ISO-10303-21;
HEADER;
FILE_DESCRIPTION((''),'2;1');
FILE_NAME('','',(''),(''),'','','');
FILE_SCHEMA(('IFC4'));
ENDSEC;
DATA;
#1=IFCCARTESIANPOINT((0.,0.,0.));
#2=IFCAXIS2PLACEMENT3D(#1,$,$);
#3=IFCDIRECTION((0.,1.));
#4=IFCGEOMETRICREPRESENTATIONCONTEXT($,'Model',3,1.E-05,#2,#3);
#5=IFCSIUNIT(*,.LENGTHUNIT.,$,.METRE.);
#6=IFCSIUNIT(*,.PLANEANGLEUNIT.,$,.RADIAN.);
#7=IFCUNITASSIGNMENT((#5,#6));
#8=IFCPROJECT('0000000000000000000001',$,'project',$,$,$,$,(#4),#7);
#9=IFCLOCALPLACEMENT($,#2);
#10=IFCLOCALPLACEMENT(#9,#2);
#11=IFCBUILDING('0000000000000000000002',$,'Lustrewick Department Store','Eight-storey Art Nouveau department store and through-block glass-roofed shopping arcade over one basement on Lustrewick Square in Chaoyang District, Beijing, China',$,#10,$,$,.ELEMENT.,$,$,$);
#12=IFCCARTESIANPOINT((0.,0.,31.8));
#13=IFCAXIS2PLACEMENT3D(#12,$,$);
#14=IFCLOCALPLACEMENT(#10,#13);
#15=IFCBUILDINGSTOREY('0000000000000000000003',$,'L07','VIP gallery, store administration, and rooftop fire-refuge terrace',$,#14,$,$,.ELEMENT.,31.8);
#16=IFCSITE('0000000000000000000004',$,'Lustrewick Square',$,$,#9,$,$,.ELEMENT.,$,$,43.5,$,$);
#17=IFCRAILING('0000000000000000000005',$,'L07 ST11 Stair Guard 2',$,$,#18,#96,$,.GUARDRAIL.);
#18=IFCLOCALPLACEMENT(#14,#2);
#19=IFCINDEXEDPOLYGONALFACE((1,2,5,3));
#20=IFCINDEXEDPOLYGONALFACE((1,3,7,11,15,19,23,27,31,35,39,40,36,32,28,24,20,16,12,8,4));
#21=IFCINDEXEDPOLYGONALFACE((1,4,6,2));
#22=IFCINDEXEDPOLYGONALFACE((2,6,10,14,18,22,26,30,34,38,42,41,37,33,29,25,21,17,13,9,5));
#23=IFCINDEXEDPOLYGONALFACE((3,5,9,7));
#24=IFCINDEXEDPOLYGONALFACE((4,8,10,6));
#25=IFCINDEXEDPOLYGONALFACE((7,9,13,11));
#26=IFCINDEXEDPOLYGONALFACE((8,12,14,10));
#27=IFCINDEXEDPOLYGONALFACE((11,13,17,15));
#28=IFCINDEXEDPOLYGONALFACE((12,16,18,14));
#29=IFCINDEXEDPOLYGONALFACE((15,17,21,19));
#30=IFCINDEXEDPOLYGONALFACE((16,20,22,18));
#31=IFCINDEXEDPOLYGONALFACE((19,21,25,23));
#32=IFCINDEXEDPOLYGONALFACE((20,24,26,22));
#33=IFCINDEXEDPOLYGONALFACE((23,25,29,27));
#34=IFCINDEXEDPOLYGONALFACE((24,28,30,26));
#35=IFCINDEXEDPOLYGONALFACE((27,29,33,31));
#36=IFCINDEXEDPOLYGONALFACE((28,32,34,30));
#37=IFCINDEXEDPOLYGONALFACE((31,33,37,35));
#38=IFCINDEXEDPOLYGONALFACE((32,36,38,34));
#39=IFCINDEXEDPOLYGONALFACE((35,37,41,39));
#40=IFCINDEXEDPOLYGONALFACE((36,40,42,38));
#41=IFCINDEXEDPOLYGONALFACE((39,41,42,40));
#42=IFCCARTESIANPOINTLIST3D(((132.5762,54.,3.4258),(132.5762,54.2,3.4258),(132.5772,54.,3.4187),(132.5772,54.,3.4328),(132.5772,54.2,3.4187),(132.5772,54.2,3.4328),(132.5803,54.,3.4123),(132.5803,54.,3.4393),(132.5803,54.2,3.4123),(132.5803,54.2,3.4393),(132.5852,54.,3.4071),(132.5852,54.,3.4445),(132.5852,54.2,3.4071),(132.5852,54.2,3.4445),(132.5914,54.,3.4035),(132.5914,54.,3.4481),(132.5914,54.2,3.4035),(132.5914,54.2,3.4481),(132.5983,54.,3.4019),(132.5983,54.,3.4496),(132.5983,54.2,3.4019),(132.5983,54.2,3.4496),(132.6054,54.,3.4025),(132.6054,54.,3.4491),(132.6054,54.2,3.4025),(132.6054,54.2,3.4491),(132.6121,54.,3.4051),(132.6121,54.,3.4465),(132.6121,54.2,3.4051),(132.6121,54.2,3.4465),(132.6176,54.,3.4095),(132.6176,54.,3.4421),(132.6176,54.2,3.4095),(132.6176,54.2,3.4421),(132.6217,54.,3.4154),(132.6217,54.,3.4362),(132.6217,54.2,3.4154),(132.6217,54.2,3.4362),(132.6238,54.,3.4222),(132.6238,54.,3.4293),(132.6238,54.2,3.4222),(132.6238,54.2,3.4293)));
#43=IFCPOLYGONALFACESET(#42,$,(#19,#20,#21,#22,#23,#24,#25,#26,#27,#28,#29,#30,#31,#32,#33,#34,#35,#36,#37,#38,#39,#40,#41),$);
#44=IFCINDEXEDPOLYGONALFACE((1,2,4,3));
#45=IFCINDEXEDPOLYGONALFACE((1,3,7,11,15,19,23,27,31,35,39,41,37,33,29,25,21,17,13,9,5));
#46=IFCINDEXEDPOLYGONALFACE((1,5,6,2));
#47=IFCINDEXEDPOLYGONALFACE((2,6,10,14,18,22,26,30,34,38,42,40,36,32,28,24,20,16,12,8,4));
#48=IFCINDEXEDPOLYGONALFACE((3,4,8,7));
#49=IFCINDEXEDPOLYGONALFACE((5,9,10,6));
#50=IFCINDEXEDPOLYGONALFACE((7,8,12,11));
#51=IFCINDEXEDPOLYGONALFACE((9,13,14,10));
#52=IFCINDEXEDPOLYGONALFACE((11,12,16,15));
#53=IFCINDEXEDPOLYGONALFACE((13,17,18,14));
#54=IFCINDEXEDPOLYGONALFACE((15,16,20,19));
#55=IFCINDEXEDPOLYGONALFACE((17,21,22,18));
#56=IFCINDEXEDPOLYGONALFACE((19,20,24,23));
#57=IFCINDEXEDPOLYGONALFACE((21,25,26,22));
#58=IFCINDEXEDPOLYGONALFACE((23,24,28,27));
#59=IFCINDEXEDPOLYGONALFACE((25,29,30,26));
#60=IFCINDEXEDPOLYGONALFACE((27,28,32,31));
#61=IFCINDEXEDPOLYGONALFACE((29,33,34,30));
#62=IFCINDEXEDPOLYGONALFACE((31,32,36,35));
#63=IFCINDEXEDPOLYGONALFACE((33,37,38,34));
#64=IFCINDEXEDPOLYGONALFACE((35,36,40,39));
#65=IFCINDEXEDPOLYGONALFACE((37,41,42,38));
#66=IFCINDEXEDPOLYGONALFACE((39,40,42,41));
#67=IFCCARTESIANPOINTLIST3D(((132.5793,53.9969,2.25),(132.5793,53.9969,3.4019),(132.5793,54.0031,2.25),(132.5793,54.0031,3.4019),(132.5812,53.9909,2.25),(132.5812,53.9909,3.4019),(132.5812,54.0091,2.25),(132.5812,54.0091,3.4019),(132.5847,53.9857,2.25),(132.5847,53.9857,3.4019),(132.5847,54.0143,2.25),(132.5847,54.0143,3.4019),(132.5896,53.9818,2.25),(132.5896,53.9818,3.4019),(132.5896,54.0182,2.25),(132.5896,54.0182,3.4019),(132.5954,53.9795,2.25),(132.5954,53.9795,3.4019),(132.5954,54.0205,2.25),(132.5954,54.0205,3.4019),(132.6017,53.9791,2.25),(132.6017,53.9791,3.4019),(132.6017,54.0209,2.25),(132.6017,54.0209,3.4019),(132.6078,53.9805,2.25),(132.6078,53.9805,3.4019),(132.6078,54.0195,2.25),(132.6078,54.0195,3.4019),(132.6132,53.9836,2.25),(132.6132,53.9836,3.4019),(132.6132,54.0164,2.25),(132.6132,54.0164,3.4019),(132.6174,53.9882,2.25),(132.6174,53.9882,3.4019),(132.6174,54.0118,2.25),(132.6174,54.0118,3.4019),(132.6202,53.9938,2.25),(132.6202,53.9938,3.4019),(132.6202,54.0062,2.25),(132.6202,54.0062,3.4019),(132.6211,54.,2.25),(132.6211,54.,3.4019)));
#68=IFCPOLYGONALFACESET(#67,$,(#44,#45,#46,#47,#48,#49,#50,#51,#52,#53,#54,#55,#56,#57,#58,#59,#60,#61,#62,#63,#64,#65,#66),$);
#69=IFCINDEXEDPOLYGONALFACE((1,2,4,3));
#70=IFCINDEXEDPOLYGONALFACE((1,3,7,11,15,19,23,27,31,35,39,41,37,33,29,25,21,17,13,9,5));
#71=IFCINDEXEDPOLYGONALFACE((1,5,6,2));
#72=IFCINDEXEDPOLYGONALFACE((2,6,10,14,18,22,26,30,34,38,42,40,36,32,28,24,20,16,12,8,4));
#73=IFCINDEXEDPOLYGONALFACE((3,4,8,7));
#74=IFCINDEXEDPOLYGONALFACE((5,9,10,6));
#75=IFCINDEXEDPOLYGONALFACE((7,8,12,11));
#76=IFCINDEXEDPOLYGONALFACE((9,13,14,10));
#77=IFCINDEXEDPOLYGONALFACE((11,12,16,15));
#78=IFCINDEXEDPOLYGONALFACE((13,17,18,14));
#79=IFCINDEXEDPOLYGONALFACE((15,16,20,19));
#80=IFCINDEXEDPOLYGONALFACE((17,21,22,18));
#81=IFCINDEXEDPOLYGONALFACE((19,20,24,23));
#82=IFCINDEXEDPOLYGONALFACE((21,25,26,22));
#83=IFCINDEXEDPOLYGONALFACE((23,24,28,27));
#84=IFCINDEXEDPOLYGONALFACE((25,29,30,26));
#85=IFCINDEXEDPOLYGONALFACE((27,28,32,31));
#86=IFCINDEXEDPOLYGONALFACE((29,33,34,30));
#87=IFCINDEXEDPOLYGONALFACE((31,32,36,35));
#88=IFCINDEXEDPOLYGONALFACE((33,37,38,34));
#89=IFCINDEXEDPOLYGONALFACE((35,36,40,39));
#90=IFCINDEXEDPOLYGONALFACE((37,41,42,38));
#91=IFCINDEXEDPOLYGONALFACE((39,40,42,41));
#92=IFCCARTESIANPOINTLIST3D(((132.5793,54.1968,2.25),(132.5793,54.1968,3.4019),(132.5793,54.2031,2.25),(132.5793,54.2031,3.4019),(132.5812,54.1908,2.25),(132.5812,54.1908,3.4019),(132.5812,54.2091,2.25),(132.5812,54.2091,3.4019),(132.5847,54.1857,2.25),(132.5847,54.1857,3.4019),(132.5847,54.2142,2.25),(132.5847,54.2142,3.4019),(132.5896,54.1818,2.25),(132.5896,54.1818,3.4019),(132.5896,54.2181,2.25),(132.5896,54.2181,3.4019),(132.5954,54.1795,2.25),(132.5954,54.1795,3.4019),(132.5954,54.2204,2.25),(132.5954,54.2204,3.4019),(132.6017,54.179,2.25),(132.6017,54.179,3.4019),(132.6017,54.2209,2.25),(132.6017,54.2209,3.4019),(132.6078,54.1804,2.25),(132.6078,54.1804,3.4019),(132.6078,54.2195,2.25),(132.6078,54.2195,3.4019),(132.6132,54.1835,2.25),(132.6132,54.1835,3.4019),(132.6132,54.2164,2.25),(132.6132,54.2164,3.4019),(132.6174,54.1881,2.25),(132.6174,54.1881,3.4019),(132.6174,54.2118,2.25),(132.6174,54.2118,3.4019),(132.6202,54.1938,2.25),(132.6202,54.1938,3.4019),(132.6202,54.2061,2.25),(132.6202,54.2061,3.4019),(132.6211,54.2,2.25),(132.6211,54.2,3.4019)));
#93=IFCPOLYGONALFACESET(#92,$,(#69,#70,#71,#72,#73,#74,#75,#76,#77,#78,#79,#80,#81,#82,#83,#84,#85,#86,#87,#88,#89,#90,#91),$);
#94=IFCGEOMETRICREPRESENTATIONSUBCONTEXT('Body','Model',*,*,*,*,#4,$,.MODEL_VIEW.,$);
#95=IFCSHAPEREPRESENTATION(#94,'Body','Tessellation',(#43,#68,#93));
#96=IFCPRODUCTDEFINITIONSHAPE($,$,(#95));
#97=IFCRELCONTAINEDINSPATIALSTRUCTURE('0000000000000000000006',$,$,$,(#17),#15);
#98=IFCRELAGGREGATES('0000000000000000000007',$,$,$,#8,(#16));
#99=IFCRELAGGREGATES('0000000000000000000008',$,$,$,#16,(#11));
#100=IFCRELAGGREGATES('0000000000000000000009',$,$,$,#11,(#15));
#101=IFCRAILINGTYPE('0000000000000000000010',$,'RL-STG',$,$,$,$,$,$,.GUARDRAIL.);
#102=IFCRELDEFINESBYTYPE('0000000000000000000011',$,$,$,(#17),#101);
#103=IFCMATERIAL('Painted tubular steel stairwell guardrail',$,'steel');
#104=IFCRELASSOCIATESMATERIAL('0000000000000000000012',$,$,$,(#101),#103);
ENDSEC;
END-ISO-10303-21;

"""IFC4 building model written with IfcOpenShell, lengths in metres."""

from ifc_helpers import new_model, si_unit, direction, frame, origin, origin_2d, place, context, subcontext, project, spatial, circle, extrude, material, type_object, element, save


model = new_model("IFC4")

# Units and contexts
model_context = context("Model", 3, precision=1e-05, world=origin(), true_north=direction((0.0, 1.0)))
body_context = subcontext(model_context, "Body", "Model", "MODEL_VIEW")
ifc_project = project(units=[si_unit("LENGTHUNIT", "METRE"), si_unit("PLANEANGLEUNIT", "RADIAN")], contexts=[model_context])

# Site, building, storey
site_placement = place(None, origin())
site = spatial("IfcSite", under=ifc_project, at=site_placement, Name="Lustrewick Square", CompositionType="ELEMENT", RefElevation=43.5)
building_placement = place(site_placement, origin())
building = spatial("IfcBuilding", under=site, at=building_placement, Name="Lustrewick Department Store", Description="Eight-storey Art Nouveau department store and through-block glass-roofed shopping arcade over one basement on Lustrewick Square in Chaoyang District, Beijing, China", CompositionType="ELEMENT")
storey_placement = place(building_placement, frame((0.0, 0.0, 31.8)))
storey = spatial("IfcBuildingStorey", under=building, at=storey_placement, Name="L07", Description="VIP gallery, store administration, and rooftop fire-refuge terrace", CompositionType="ELEMENT", Elevation=31.8)

# Railing
ifc_material_1 = material(Name="Painted tubular steel stairwell guardrail", Category="steel")
railing_type_1 = type_object("IfcRailingType", Name="RL-STG", PredefinedType="GUARDRAIL", material=ifc_material_1)
railing_1_placement = place(storey_placement, frame((132.6001, 54.0, 2.25)))
element("IfcRailing", 1, at=railing_1_placement, inside=storey, type_object=railing_type_1, Name="L07 ST11 Stair Guard 2", PredefinedType="GUARDRAIL", context=body_context, shape_type="SweptSolid", body=[
    extrude(circle(Radius=0.0239, at=origin_2d()), frame((0.0, 0.0, 1.1758), z_axis=(0.0, 1.0, 0.0), x_axis=(-1.0, 0.0, 0.0)), (0.0, 0.0, 1.0), 0.2),
    extrude(circle(Radius=0.021, at=origin_2d()), origin(), (0.0, 0.0, 1.0), 1.1519),
    extrude(circle(Radius=0.021, at=origin_2d()), frame((0.0, 0.2, 0.0)), (0.0, 0.0, 1.0), 1.1519),
])

save(model, "model.ifc")
